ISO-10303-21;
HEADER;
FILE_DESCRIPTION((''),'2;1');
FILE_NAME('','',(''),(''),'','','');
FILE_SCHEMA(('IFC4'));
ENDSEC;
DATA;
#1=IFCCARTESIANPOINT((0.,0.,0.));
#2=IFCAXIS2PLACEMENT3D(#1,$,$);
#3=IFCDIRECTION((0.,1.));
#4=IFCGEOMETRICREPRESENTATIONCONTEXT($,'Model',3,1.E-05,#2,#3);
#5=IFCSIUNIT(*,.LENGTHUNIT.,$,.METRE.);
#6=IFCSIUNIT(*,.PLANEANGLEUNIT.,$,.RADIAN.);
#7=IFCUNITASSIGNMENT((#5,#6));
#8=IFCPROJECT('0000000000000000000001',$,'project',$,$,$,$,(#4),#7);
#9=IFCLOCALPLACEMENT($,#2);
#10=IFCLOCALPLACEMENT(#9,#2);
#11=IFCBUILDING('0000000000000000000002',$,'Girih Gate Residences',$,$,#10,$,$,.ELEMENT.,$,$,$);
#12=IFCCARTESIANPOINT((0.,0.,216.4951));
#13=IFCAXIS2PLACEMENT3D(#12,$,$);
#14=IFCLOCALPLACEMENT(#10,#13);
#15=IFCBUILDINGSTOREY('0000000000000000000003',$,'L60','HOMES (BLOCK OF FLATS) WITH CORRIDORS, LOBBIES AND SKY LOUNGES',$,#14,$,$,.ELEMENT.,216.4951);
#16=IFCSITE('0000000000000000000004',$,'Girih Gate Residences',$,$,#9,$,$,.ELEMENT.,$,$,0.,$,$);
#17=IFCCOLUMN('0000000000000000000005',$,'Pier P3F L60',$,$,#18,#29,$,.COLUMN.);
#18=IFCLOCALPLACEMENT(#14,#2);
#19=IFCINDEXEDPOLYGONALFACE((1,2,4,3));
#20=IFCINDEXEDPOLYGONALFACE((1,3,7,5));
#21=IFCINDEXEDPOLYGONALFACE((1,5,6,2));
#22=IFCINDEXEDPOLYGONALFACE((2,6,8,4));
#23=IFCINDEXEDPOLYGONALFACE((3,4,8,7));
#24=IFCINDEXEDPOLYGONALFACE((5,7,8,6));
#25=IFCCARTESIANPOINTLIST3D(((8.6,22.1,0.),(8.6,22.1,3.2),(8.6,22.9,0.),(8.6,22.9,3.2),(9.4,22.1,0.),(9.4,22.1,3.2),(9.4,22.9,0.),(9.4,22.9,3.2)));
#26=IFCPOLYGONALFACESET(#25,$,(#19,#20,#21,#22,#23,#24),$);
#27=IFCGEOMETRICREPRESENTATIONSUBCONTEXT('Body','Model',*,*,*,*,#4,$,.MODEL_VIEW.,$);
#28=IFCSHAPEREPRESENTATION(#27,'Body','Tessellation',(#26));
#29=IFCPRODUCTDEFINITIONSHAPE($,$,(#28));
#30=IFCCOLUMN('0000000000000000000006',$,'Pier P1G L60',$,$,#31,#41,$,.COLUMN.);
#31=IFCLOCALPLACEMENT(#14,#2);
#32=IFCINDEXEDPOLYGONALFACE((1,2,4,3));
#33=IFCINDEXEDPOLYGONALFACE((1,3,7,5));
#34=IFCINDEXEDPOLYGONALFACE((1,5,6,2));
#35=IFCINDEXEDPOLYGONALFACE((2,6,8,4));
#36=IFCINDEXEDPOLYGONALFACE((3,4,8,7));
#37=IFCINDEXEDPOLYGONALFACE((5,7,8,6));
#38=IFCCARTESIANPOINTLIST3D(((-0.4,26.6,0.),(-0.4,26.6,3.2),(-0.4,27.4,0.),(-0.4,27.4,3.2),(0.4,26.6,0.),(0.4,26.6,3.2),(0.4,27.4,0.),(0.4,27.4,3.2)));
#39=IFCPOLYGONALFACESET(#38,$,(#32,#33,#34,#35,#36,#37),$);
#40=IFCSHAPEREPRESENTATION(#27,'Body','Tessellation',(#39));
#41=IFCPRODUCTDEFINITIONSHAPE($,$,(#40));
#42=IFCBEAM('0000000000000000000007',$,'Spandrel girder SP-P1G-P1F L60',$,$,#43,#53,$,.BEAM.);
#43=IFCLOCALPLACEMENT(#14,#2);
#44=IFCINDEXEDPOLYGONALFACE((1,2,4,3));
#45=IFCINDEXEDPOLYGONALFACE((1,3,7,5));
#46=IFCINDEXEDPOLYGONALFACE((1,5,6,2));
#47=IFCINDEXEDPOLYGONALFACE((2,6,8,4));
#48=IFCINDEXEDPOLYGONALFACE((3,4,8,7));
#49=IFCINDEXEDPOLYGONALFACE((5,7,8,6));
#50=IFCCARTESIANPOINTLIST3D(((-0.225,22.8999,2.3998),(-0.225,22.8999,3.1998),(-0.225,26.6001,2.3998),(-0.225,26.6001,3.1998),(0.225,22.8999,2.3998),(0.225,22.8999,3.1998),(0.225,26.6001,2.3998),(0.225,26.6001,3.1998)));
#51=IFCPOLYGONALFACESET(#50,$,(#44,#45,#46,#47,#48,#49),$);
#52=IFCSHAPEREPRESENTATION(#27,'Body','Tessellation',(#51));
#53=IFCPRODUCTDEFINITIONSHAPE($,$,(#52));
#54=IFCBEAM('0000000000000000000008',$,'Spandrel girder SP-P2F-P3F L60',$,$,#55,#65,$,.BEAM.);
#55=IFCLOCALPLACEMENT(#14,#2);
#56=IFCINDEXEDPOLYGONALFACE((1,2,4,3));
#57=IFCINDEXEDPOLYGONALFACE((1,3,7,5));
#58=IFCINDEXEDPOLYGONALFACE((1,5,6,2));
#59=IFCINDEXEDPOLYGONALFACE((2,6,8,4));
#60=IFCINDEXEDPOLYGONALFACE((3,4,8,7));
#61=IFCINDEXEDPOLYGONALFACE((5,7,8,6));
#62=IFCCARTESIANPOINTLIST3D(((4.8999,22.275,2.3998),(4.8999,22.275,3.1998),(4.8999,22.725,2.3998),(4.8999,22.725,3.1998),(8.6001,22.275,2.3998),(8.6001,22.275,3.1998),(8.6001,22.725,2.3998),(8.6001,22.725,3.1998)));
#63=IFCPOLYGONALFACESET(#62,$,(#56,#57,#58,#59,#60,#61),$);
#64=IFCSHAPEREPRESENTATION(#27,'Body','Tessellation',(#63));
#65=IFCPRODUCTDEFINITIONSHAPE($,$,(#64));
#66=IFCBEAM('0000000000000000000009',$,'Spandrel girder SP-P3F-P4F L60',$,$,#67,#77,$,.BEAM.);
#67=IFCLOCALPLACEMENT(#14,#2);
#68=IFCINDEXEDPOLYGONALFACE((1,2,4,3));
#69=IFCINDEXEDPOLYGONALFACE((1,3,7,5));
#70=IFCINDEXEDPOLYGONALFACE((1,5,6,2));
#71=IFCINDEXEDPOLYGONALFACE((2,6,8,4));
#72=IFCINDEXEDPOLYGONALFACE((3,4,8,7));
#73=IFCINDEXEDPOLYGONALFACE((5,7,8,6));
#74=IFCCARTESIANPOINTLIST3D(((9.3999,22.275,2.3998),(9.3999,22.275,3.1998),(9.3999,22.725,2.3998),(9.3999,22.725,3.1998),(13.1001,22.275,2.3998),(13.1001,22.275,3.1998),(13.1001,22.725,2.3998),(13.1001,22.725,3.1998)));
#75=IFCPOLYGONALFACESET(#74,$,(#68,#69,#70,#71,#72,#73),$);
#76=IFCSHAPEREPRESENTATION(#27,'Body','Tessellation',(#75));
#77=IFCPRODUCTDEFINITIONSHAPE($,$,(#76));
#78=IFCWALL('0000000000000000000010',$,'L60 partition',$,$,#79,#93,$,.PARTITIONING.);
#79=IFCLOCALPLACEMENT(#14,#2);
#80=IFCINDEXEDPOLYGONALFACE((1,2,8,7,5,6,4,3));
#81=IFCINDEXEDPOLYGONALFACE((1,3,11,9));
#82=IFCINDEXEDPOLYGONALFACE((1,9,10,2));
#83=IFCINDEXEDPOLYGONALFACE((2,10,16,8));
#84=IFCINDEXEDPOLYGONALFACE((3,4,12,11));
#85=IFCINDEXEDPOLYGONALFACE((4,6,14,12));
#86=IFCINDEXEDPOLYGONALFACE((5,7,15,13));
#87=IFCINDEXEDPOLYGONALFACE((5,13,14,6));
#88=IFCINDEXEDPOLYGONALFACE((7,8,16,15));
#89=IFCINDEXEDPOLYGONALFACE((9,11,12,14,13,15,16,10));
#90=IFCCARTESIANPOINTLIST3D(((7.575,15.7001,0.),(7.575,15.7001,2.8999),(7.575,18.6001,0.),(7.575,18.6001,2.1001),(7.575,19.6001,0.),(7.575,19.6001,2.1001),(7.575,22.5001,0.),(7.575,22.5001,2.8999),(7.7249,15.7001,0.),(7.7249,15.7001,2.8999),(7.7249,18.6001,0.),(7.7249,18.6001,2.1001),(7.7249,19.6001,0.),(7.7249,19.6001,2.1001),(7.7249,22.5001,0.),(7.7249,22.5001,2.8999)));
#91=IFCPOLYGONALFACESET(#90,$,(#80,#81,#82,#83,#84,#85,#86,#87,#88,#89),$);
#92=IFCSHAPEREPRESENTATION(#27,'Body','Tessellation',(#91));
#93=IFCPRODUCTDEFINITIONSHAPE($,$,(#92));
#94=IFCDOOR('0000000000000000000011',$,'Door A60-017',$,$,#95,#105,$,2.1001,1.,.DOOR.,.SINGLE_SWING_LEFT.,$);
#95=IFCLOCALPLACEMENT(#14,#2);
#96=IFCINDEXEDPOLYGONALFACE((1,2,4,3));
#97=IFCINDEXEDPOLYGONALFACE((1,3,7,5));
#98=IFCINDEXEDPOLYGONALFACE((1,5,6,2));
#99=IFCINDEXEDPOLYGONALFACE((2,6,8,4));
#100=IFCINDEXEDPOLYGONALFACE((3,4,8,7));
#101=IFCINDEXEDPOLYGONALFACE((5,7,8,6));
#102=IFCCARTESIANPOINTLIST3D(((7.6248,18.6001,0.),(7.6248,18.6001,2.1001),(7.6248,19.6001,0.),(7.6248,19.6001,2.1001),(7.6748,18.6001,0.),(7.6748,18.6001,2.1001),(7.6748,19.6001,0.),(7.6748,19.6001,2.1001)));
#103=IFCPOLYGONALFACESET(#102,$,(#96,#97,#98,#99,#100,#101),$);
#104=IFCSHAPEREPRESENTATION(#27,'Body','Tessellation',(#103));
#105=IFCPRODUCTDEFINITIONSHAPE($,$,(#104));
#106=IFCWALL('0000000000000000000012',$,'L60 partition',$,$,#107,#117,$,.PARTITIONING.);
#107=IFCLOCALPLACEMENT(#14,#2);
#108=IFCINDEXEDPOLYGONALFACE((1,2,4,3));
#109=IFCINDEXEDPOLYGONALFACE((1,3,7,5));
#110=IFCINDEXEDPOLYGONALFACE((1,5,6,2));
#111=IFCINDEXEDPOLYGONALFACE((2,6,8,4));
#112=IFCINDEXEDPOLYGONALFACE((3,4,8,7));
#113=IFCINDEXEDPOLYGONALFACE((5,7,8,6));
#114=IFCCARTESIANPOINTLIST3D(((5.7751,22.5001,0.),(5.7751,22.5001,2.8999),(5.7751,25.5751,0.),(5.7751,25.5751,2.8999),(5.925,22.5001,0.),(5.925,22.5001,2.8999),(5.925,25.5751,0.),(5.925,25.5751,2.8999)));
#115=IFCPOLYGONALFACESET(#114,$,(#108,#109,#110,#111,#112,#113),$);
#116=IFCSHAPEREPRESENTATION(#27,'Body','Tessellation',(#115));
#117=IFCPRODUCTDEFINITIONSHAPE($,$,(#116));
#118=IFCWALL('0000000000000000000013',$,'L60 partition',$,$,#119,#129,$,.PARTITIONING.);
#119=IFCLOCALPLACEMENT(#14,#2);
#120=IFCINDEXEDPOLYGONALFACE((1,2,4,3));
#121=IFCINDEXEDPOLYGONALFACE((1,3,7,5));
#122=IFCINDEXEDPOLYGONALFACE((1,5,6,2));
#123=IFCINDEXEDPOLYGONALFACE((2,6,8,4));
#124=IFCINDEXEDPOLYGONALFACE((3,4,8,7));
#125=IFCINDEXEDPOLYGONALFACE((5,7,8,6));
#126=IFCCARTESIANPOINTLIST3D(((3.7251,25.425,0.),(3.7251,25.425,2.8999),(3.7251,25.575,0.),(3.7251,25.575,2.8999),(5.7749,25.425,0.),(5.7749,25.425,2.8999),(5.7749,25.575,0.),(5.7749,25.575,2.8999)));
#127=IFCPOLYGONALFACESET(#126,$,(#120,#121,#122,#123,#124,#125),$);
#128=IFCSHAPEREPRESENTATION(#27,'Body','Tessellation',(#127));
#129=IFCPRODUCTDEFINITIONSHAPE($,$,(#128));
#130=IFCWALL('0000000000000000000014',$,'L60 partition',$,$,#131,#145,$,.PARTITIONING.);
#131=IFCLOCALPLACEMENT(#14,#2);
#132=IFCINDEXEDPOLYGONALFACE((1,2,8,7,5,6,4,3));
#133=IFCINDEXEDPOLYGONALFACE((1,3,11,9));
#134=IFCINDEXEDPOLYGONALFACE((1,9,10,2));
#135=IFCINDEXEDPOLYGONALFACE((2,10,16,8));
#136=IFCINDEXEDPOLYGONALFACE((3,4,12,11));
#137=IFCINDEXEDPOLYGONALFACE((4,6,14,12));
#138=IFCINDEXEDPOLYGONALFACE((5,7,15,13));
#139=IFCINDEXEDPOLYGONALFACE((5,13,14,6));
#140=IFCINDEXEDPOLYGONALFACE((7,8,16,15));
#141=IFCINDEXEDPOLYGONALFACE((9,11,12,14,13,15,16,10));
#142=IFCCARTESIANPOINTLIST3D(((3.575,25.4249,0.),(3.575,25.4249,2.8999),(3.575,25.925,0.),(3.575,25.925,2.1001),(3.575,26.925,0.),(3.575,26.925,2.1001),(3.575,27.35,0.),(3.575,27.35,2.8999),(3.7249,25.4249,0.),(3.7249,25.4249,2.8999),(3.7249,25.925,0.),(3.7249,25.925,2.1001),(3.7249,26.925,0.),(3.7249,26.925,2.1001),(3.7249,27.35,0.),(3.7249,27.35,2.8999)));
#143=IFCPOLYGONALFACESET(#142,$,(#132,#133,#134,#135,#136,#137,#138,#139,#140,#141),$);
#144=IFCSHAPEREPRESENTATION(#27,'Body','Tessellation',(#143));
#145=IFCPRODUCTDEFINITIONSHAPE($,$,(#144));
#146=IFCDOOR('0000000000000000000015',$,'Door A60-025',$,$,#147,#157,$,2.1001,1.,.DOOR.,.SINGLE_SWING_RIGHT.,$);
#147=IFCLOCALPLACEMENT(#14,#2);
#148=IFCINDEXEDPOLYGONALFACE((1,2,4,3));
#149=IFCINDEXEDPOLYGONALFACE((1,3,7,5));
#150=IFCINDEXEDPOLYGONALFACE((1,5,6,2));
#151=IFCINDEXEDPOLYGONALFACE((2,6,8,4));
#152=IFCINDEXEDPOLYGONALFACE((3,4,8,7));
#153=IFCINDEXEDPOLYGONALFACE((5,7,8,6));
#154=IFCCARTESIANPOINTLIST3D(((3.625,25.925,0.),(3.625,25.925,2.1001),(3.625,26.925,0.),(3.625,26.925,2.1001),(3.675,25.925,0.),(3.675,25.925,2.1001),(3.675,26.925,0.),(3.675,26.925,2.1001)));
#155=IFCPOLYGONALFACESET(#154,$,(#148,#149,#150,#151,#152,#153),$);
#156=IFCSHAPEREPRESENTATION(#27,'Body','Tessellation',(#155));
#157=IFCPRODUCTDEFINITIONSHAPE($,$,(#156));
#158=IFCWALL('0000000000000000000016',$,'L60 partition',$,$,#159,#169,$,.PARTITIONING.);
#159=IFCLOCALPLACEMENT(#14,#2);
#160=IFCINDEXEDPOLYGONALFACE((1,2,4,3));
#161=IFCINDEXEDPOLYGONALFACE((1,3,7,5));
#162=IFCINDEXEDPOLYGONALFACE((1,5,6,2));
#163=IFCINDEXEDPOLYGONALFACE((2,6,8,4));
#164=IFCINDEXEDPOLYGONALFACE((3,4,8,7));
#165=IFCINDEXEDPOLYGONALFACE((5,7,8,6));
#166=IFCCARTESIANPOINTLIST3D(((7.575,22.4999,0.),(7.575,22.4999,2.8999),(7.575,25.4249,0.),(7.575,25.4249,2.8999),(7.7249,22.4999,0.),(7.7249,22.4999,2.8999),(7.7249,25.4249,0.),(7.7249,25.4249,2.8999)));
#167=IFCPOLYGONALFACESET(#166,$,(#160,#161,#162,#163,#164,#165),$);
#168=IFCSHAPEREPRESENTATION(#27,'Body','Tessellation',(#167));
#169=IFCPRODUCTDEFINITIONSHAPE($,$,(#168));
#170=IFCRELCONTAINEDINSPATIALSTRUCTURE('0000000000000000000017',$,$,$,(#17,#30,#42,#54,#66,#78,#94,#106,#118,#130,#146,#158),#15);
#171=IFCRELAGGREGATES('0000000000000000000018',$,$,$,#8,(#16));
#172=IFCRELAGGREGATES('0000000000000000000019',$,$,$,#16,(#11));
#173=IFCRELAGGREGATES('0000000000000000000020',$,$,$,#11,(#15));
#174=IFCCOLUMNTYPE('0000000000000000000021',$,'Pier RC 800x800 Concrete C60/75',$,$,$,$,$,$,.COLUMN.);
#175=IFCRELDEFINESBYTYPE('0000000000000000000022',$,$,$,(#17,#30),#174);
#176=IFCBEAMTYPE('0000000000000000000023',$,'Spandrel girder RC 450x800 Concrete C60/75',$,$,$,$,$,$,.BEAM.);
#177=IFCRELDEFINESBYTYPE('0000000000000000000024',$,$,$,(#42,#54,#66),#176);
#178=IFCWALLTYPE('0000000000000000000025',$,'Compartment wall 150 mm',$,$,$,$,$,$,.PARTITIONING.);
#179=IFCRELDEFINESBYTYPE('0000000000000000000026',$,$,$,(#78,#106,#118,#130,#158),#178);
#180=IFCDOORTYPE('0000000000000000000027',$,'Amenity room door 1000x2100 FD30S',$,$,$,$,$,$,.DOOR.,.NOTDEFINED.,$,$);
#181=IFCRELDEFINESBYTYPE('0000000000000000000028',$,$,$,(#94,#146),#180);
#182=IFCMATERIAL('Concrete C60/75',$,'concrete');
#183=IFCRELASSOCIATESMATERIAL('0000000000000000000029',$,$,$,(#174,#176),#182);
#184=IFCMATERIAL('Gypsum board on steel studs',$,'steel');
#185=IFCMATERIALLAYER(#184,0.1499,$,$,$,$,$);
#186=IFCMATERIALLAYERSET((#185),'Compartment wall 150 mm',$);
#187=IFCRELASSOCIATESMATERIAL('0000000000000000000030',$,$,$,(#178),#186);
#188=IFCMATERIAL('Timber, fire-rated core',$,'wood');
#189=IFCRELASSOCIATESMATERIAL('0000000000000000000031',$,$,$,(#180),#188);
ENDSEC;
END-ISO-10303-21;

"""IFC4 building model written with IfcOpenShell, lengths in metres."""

from ifc_helpers import new_model, si_unit, direction, frame, frame_2d, origin, origin_2d, place, context, subcontext, project, spatial, rectangle, extrude, material, layer, layer_set, material_profile, profile_set, type_object, element, fill, save


model = new_model("IFC4")

# Units and contexts
model_context = context("Model", 3, precision=1e-05, world=origin(), true_north=direction((0.0, 1.0)))
body_context = subcontext(model_context, "Body", "Model", "MODEL_VIEW")
ifc_project = project(units=[si_unit("LENGTHUNIT", "METRE"), si_unit("PLANEANGLEUNIT", "RADIAN")], contexts=[model_context])

# Site, building, storey
site_placement = place(None, origin())
site = spatial("IfcSite", under=ifc_project, at=site_placement, Name="Girih Gate Residences", CompositionType="ELEMENT", RefElevation=0.0)
building_placement = place(site_placement, origin())
building = spatial("IfcBuilding", under=site, at=building_placement, Name="Girih Gate Residences", CompositionType="ELEMENT")
storey_placement = place(building_placement, frame((0.0, 0.0, 216.4951)))
storey = spatial("IfcBuildingStorey", under=building, at=storey_placement, Name="L60", Description="HOMES (BLOCK OF FLATS) WITH CORRIDORS, LOBBIES AND SKY LOUNGES", CompositionType="ELEMENT", Elevation=216.4951)

# Columns
ifc_material_1 = material(Name="Concrete C60/75", Category="concrete")
ifc_material_profile_1 = material_profile(ifc_material_1, rectangle(XDim=0.8, YDim=0.8, at=origin_2d()))
ifc_profile_set_1 = profile_set([ifc_material_profile_1], Name="Concrete C60/75")
column_type = type_object("IfcColumnType", Name="Pier RC 800x800 Concrete C60/75", PredefinedType="COLUMN", material=ifc_profile_set_1)
for number, where, z_axis, x_axis, name in (
    (1, (9.0, 22.5, 0.0), (0.0, 0.0, 1.0), (1.0, 0.0, 0.0), "Pier P3F L60"),
    (2, (0.0, 27.0, 0.0), (0.0, 0.0, 1.0), (1.0, 0.0, 0.0), "Pier P1G L60"),
):
    element("IfcColumn", number, at=place(storey_placement, frame(where, z_axis=z_axis, x_axis=x_axis)), inside=storey, type_object=column_type, Name=name, PredefinedType="COLUMN", context=body_context, shape_type="SweptSolid", body=[
        extrude(rectangle(XDim=0.8, YDim=0.8, at=origin_2d()), origin(), (0.0, 0.0, 1.0), 3.2),
    ])

# Beams
ifc_material_profile_2 = material_profile(ifc_material_1, rectangle(XDim=0.45, YDim=0.8, at=origin_2d()))
ifc_profile_set_2 = profile_set([ifc_material_profile_2], Name="Concrete C60/75")
beam_type = type_object("IfcBeamType", Name="Spandrel girder RC 450x800 Concrete C60/75", PredefinedType="BEAM", material=ifc_profile_set_2)
for number, where, z_axis, x_axis, name in (
    (3, (0.0, 26.6001, 2.7998), (0.0, -1.0, 0.0), (1.0, 0.0, 0.0), "Spandrel girder SP-P1G-P1F L60"),
    (4, (4.8999, 22.5, 2.7998), (1.0, 0.0, 0.0), (0.0, 1.0, 0.0), "Spandrel girder SP-P2F-P3F L60"),
    (5, (9.3999, 22.5, 2.7998), (1.0, 0.0, 0.0), (0.0, 1.0, 0.0), "Spandrel girder SP-P3F-P4F L60"),
):
    element("IfcBeam", number, at=place(storey_placement, frame(where, z_axis=z_axis, x_axis=x_axis)), inside=storey, type_object=beam_type, Name=name, PredefinedType="BEAM", context=body_context, shape_type="SweptSolid", body=[
        extrude(rectangle(XDim=0.45, YDim=0.8, at=origin_2d()), origin(), (0.0, 0.0, 1.0), 3.7002),
    ])

# Wall, opening, door
ifc_material_2 = material(Name="Gypsum board on steel studs", Category="steel")
ifc_layer_1 = layer(ifc_material_2, 0.1499)
ifc_layer_set_1 = layer_set([ifc_layer_1], Name="Compartment wall 150 mm")
wall_type_1 = type_object("IfcWallType", Name="Compartment wall 150 mm", PredefinedType="PARTITIONING", material=ifc_layer_set_1)
wall_1_placement = place(storey_placement, frame((7.6499, 22.5, 0.0), z_axis=(0.0, 0.0, 1.0), x_axis=(0.0, -1.0, 0.0)))
wall_1 = element("IfcWall", 6, at=wall_1_placement, inside=storey, type_object=wall_type_1, Name="L60 partition", PredefinedType="PARTITIONING", context=body_context, shape_type="SweptSolid", body=[
    extrude(rectangle(XDim=6.8, YDim=0.1499, at=frame_2d((3.3999, 0.0))), origin(), (0.0, 0.0, 1.0), 2.8999),
])
opening_1_placement = place(wall_1_placement, frame((2.8999, 0.0, 0.0)))
opening_1 = element("IfcOpeningElement", 7, at=opening_1_placement, cuts=wall_1, PredefinedType="OPENING", context=body_context, shape_type="SweptSolid", body=[
    extrude(rectangle(XDim=1.0, YDim=2.1001, at=frame_2d((0.5, 1.05))), frame((0.0, 0.085, 0.0), z_axis=(0.0, -1.0, 0.0), x_axis=(1.0, 0.0, 0.0)), (0.0, 0.0, 1.0), 0.1699),
])
ifc_material_3 = material(Name="Timber, fire-rated core", Category="wood")
door_type_1 = type_object("IfcDoorType", Name="Amenity room door 1000x2100 FD30S", OperationType="NOTDEFINED", PredefinedType="DOOR", material=ifc_material_3)
door_1_placement = place(opening_1_placement, origin())
door_1 = element("IfcDoor", 8, at=door_1_placement, inside=storey, type_object=door_type_1, Name="Door A60-017", OperationType="SINGLE_SWING_LEFT", OverallHeight=2.1001, OverallWidth=1.0, PredefinedType="DOOR", context=body_context, shape_type="SweptSolid", body=[
    extrude(rectangle(XDim=1.0, YDim=2.1001, at=frame_2d((0.5, 1.05))), frame((0.0, 0.0249, 0.0), z_axis=(0.0, -1.0, 0.0), x_axis=(1.0, 0.0, 0.0)), (0.0, 0.0, 1.0), 0.05),
])
fill(opening_1, door_1)

# Walls
wall_2_placement = place(storey_placement, frame((5.8501, 22.5, 0.0), z_axis=(0.0, 0.0, 1.0), x_axis=(0.0, 1.0, 0.0)))
element("IfcWall", 9, at=wall_2_placement, inside=storey, type_object=wall_type_1, Name="L60 partition", PredefinedType="PARTITIONING", context=body_context, shape_type="SweptSolid", body=[
    extrude(rectangle(XDim=3.075, YDim=0.1499, at=frame_2d((1.5376, 0.0))), origin(), (0.0, 0.0, 1.0), 2.8999),
])
wall_3_placement = place(storey_placement, frame((3.7251, 25.5, 0.0), z_axis=(0.0, 0.0, 1.0), x_axis=(1.0, 0.0, 0.0)))
element("IfcWall", 10, at=wall_3_placement, inside=storey, type_object=wall_type_1, Name="L60 partition", PredefinedType="PARTITIONING", context=body_context, shape_type="SweptSolid", body=[
    extrude(rectangle(XDim=2.0498, YDim=0.1499, at=frame_2d((1.0249, 0.0))), origin(), (0.0, 0.0, 1.0), 2.8999),
])

# Wall, opening, door
wall_4_placement = place(storey_placement, frame((3.6499, 25.425, 0.0), z_axis=(0.0, 0.0, 1.0), x_axis=(0.0, 1.0, 0.0)))
wall_4 = element("IfcWall", 11, at=wall_4_placement, inside=storey, type_object=wall_type_1, Name="L60 partition", PredefinedType="PARTITIONING", context=body_context, shape_type="SweptSolid", body=[
    extrude(rectangle(XDim=1.925, YDim=0.1499, at=frame_2d((0.9624, 0.0))), origin(), (0.0, 0.0, 1.0), 2.8999),
])
opening_2_placement = place(wall_4_placement, frame((0.5, 0.0, 0.0)))
opening_2 = element("IfcOpeningElement", 12, at=opening_2_placement, cuts=wall_4, PredefinedType="OPENING", context=body_context, shape_type="SweptSolid", body=[
    extrude(rectangle(XDim=1.0, YDim=2.1001, at=frame_2d((0.5, 1.05))), frame((0.0, 0.085, 0.0), z_axis=(0.0, -1.0, 0.0), x_axis=(1.0, 0.0, 0.0)), (0.0, 0.0, 1.0), 0.1699),
])
door_2_placement = place(opening_2_placement, origin())
door_2 = element("IfcDoor", 13, at=door_2_placement, inside=storey, type_object=door_type_1, Name="Door A60-025", OperationType="SINGLE_SWING_RIGHT", OverallHeight=2.1001, OverallWidth=1.0, PredefinedType="DOOR", context=body_context, shape_type="SweptSolid", body=[
    extrude(rectangle(XDim=1.0, YDim=2.1001, at=frame_2d((0.5, 1.05))), frame((0.0, 0.0249, 0.0), z_axis=(0.0, -1.0, 0.0), x_axis=(1.0, 0.0, 0.0)), (0.0, 0.0, 1.0), 0.05),
])
fill(opening_2, door_2)

# Wall
wall_5_placement = place(storey_placement, frame((7.6499, 22.5, 0.0), z_axis=(0.0, 0.0, 1.0), x_axis=(0.0, 1.0, 0.0)))
element("IfcWall", 14, at=wall_5_placement, inside=storey, type_object=wall_type_1, Name="L60 partition", PredefinedType="PARTITIONING", context=body_context, shape_type="SweptSolid", body=[
    extrude(rectangle(XDim=2.925, YDim=0.1499, at=frame_2d((1.4624, 0.0))), origin(), (0.0, 0.0, 1.0), 2.8999),
])

save(model, "model.ifc")
